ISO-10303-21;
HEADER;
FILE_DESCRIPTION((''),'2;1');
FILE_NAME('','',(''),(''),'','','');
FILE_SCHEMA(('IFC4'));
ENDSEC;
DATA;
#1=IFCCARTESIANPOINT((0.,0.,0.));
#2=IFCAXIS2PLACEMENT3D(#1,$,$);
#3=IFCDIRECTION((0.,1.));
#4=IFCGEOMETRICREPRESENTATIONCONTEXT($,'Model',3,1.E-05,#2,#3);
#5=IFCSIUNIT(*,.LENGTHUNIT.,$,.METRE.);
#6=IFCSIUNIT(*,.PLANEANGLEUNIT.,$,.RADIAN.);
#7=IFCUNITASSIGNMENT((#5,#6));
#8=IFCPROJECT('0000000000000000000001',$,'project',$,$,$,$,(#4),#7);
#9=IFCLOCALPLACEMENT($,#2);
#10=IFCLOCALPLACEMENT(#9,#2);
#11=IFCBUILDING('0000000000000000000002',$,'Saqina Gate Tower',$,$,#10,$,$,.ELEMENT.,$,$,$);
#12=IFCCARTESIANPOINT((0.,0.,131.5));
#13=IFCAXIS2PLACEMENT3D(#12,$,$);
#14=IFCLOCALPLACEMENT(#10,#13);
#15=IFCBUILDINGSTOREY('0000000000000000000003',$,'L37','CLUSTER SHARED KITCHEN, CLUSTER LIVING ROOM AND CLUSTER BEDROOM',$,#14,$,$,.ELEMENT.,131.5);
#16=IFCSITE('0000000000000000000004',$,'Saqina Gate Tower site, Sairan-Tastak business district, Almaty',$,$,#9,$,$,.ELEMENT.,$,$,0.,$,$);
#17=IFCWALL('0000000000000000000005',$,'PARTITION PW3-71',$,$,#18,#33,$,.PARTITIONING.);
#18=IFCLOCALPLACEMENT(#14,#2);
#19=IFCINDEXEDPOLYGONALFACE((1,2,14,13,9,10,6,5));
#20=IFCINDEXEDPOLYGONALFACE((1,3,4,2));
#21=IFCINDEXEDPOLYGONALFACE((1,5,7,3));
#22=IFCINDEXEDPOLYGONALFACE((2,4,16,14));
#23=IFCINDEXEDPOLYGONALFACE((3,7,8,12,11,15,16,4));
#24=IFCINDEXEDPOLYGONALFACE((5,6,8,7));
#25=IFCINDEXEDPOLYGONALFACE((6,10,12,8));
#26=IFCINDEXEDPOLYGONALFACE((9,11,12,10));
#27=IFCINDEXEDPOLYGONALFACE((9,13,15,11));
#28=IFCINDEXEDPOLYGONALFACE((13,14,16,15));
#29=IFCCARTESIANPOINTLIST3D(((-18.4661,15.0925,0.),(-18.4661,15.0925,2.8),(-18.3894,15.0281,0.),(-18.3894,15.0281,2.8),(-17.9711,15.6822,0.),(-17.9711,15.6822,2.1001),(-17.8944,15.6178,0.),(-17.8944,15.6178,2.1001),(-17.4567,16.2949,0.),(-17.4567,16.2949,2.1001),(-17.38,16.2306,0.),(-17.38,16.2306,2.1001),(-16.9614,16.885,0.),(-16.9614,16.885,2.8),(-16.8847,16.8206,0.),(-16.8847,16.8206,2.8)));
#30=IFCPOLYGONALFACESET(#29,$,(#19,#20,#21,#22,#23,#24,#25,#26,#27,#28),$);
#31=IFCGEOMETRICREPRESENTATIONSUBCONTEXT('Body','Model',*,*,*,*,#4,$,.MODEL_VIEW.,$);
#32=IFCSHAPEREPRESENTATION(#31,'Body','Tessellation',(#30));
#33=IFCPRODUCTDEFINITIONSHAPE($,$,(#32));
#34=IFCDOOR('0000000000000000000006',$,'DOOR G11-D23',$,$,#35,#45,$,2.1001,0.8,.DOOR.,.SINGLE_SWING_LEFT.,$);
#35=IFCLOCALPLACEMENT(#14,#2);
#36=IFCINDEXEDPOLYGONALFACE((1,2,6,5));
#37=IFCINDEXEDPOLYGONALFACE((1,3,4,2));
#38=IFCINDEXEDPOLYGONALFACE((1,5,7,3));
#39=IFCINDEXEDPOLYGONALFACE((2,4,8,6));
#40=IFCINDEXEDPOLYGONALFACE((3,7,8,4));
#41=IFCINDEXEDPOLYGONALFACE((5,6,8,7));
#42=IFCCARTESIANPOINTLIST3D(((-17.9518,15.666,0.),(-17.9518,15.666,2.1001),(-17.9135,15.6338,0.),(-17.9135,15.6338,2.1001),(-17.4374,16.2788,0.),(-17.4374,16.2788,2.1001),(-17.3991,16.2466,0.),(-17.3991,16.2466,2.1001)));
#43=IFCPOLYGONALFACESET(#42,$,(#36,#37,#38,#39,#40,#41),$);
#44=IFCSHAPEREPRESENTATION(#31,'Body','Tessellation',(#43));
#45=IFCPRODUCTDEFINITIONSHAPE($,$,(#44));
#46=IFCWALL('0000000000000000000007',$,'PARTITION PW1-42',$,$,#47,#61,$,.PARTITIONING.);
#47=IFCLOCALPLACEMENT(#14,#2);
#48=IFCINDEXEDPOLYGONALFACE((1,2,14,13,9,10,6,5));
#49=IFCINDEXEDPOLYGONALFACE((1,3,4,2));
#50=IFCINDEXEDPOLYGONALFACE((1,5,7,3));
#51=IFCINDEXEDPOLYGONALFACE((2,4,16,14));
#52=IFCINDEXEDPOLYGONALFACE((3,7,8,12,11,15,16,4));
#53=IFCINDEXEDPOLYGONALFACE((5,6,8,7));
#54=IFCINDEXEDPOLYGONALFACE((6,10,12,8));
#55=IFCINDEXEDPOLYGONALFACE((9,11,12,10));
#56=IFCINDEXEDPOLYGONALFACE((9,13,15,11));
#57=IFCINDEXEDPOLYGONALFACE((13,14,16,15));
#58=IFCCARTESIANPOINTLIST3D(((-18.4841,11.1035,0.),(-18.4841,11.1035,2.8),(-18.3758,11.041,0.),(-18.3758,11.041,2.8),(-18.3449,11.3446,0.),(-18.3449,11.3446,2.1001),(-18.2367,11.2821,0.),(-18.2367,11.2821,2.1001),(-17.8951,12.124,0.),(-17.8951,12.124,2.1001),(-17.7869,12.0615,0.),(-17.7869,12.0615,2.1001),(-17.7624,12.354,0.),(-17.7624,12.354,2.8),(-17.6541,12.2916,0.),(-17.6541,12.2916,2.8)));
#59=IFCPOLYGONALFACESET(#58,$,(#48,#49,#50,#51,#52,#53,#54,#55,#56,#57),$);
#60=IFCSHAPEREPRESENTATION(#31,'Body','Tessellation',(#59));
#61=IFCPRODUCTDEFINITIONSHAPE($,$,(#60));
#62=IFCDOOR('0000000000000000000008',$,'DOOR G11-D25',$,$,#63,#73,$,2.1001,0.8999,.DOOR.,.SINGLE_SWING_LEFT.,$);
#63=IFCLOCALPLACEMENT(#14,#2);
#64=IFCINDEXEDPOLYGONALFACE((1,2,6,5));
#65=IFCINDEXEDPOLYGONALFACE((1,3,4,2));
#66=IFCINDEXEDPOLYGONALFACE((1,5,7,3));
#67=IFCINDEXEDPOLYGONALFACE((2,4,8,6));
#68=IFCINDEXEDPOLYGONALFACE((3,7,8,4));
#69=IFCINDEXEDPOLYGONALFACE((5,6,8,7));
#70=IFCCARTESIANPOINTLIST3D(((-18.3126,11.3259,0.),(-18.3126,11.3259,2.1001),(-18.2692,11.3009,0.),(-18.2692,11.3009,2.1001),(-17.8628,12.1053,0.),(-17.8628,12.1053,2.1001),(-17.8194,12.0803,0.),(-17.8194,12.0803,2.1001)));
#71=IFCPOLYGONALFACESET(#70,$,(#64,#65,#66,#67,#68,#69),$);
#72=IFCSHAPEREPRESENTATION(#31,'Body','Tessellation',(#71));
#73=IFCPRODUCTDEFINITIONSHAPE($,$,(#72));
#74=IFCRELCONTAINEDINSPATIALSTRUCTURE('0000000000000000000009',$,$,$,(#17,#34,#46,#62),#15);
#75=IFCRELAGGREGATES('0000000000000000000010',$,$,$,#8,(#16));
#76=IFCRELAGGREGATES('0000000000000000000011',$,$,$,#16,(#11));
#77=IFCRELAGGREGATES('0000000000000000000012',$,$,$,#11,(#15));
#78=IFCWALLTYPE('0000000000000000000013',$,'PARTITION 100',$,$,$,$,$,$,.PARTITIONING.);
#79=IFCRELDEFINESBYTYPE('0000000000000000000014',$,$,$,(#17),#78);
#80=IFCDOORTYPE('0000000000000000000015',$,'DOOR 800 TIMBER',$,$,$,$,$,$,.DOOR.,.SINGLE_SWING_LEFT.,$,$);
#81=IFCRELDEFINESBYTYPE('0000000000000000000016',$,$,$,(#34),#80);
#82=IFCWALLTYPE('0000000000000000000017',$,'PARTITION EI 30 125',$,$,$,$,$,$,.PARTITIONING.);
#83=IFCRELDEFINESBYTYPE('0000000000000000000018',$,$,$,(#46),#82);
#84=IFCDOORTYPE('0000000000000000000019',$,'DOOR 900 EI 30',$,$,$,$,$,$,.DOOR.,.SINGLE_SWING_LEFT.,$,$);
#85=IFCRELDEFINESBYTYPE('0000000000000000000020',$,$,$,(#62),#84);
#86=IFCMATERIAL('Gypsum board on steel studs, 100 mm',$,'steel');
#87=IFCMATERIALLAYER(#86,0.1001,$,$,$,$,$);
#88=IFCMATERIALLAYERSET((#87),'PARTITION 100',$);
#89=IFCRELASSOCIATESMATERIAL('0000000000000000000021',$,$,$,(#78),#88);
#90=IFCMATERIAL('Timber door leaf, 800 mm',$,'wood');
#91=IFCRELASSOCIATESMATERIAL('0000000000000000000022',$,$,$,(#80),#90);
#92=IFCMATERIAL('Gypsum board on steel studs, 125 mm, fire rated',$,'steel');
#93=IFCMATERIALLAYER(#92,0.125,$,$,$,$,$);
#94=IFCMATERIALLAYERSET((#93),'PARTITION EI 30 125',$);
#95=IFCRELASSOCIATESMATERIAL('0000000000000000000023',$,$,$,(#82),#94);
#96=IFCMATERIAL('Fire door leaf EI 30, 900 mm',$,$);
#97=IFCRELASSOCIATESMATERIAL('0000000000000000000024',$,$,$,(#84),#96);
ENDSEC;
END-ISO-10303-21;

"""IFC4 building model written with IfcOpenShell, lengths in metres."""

from ifc_helpers import new_model, si_unit, direction, frame, frame_2d, origin, place, context, subcontext, project, spatial, rectangle, extrude, material, layer, layer_set, type_object, element, fill, save


model = new_model("IFC4")

# Units and contexts
model_context = context("Model", 3, precision=1e-05, world=origin(), true_north=direction((0.0, 1.0)))
body_context = subcontext(model_context, "Body", "Model", "MODEL_VIEW")
ifc_project = project(units=[si_unit("LENGTHUNIT", "METRE"), si_unit("PLANEANGLEUNIT", "RADIAN")], contexts=[model_context])

# Site, building, storey
site_placement = place(None, origin())
site = spatial("IfcSite", under=ifc_project, at=site_placement, Name="Saqina Gate Tower site, Sairan-Tastak business district, Almaty", CompositionType="ELEMENT", RefElevation=0.0)
building_placement = place(site_placement, origin())
building = spatial("IfcBuilding", under=site, at=building_placement, Name="Saqina Gate Tower", CompositionType="ELEMENT")
storey_placement = place(building_placement, frame((0.0, 0.0, 131.5)))
storey = spatial("IfcBuildingStorey", under=building, at=storey_placement, Name="L37", Description="CLUSTER SHARED KITCHEN, CLUSTER LIVING ROOM AND CLUSTER BEDROOM", CompositionType="ELEMENT", Elevation=131.5)

# Shared definitions
ifc_material_1 = material(Name="Gypsum board on steel studs, 100 mm", Category="steel")
ifc_layer_1 = layer(ifc_material_1, 0.1001)
ifc_layer_set_1 = layer_set([ifc_layer_1], Name="PARTITION 100")
wall_type_1 = type_object("IfcWallType", Name="PARTITION 100", PredefinedType="PARTITIONING", material=ifc_layer_set_1)

# Walls, openings, doors
wall_1_placement = place(storey_placement, frame((-18.4277, 15.0603, 0.0), z_axis=(0.0, 0.0, 1.0), x_axis=(0.64293, 0.765925, 0.0)))
wall_1 = element("IfcWall", 1, at=wall_1_placement, inside=storey, type_object=wall_type_1, Name="PARTITION PW3-71", PredefinedType="PARTITIONING", context=body_context, shape_type="SweptSolid", body=[
    extrude(rectangle(XDim=2.3403, YDim=0.1001, at=frame_2d((1.1702, 0.0))), origin(), (0.0, 0.0, 1.0), 2.8),
])
opening_1_placement = place(wall_1_placement, frame((0.77, 0.0, 0.0)))
opening_1 = element("IfcOpeningElement", 2, at=opening_1_placement, cuts=wall_1, PredefinedType="OPENING", context=body_context, shape_type="SweptSolid", body=[
    extrude(rectangle(XDim=0.8, YDim=2.1001, at=frame_2d((0.3999, 1.05))), frame((0.0, 0.062, 0.0), z_axis=(0.0, -1.0, 0.0), x_axis=(1.0, 0.0, 0.0)), (0.0, 0.0, 1.0), 0.124),
])
ifc_material_2 = material(Name="Timber door leaf, 800 mm", Category="wood")
door_type_1 = type_object("IfcDoorType", Name="DOOR 800 TIMBER", OperationType="SINGLE_SWING_LEFT", PredefinedType="DOOR", material=ifc_material_2)
door_1_placement = place(opening_1_placement, origin())
door_1 = element("IfcDoor", 3, at=door_1_placement, inside=storey, type_object=door_type_1, Name="DOOR G11-D23", OperationType="SINGLE_SWING_LEFT", OverallHeight=2.1001, OverallWidth=0.8, PredefinedType="DOOR", context=body_context, shape_type="SweptSolid", body=[
    extrude(rectangle(XDim=0.8, YDim=2.1001, at=frame_2d((0.3999, 1.05))), frame((0.0, 0.0249, 0.0), z_axis=(0.0, -1.0, 0.0), x_axis=(1.0, 0.0, 0.0)), (0.0, 0.0, 1.0), 0.05),
])
fill(opening_1, door_1)
ifc_material_3 = material(Name="Gypsum board on steel studs, 125 mm, fire rated", Category="steel")
ifc_layer_2 = layer(ifc_material_3, 0.125)
ifc_layer_set_2 = layer_set([ifc_layer_2], Name="PARTITION EI 30 125")
wall_type_2 = type_object("IfcWallType", Name="PARTITION EI 30 125", PredefinedType="PARTITIONING", material=ifc_layer_set_2)
wall_2_placement = place(storey_placement, frame((-18.4299, 11.0723, 0.0), z_axis=(0.0, 0.0, 1.0), x_axis=(0.499849, 0.866112, 0.0)))
wall_2 = element("IfcWall", 4, at=wall_2_placement, inside=storey, type_object=wall_type_2, Name="PARTITION PW1-42", PredefinedType="PARTITIONING", context=body_context, shape_type="SweptSolid", body=[
    extrude(rectangle(XDim=1.4438, YDim=0.125, at=frame_2d((0.7219, 0.0))), origin(), (0.0, 0.0, 1.0), 2.8),
])
opening_2_placement = place(wall_2_placement, frame((0.2783, 0.0, 0.0)))
opening_2 = element("IfcOpeningElement", 5, at=opening_2_placement, cuts=wall_2, PredefinedType="OPENING", context=body_context, shape_type="SweptSolid", body=[
    extrude(rectangle(XDim=0.8999, YDim=2.1001, at=frame_2d((0.45, 1.05))), frame((0.0, 0.0745, 0.0), z_axis=(0.0, -1.0, 0.0), x_axis=(1.0, 0.0, 0.0)), (0.0, 0.0, 1.0), 0.1489),
])
ifc_material_4 = material(Name="Fire door leaf EI 30, 900 mm")
door_type_2 = type_object("IfcDoorType", Name="DOOR 900 EI 30", OperationType="SINGLE_SWING_LEFT", PredefinedType="DOOR", material=ifc_material_4)
door_2_placement = place(opening_2_placement, frame((0.8999, 0.0, 0.0), z_axis=(0.0, 0.0, 1.0), x_axis=(-1.0, 0.0, 0.0)))
door_2 = element("IfcDoor", 6, at=door_2_placement, inside=storey, type_object=door_type_2, Name="DOOR G11-D25", OperationType="SINGLE_SWING_LEFT", OverallHeight=2.1001, OverallWidth=0.8999, PredefinedType="DOOR", context=body_context, shape_type="SweptSolid", body=[
    extrude(rectangle(XDim=0.8999, YDim=2.1001, at=frame_2d((0.45, 1.05))), frame((0.0, 0.0249, 0.0), z_axis=(0.0, -1.0, 0.0), x_axis=(1.0, 0.0, 0.0)), (0.0, 0.0, 1.0), 0.05),
])
fill(opening_2, door_2)

save(model, "model.ifc")
